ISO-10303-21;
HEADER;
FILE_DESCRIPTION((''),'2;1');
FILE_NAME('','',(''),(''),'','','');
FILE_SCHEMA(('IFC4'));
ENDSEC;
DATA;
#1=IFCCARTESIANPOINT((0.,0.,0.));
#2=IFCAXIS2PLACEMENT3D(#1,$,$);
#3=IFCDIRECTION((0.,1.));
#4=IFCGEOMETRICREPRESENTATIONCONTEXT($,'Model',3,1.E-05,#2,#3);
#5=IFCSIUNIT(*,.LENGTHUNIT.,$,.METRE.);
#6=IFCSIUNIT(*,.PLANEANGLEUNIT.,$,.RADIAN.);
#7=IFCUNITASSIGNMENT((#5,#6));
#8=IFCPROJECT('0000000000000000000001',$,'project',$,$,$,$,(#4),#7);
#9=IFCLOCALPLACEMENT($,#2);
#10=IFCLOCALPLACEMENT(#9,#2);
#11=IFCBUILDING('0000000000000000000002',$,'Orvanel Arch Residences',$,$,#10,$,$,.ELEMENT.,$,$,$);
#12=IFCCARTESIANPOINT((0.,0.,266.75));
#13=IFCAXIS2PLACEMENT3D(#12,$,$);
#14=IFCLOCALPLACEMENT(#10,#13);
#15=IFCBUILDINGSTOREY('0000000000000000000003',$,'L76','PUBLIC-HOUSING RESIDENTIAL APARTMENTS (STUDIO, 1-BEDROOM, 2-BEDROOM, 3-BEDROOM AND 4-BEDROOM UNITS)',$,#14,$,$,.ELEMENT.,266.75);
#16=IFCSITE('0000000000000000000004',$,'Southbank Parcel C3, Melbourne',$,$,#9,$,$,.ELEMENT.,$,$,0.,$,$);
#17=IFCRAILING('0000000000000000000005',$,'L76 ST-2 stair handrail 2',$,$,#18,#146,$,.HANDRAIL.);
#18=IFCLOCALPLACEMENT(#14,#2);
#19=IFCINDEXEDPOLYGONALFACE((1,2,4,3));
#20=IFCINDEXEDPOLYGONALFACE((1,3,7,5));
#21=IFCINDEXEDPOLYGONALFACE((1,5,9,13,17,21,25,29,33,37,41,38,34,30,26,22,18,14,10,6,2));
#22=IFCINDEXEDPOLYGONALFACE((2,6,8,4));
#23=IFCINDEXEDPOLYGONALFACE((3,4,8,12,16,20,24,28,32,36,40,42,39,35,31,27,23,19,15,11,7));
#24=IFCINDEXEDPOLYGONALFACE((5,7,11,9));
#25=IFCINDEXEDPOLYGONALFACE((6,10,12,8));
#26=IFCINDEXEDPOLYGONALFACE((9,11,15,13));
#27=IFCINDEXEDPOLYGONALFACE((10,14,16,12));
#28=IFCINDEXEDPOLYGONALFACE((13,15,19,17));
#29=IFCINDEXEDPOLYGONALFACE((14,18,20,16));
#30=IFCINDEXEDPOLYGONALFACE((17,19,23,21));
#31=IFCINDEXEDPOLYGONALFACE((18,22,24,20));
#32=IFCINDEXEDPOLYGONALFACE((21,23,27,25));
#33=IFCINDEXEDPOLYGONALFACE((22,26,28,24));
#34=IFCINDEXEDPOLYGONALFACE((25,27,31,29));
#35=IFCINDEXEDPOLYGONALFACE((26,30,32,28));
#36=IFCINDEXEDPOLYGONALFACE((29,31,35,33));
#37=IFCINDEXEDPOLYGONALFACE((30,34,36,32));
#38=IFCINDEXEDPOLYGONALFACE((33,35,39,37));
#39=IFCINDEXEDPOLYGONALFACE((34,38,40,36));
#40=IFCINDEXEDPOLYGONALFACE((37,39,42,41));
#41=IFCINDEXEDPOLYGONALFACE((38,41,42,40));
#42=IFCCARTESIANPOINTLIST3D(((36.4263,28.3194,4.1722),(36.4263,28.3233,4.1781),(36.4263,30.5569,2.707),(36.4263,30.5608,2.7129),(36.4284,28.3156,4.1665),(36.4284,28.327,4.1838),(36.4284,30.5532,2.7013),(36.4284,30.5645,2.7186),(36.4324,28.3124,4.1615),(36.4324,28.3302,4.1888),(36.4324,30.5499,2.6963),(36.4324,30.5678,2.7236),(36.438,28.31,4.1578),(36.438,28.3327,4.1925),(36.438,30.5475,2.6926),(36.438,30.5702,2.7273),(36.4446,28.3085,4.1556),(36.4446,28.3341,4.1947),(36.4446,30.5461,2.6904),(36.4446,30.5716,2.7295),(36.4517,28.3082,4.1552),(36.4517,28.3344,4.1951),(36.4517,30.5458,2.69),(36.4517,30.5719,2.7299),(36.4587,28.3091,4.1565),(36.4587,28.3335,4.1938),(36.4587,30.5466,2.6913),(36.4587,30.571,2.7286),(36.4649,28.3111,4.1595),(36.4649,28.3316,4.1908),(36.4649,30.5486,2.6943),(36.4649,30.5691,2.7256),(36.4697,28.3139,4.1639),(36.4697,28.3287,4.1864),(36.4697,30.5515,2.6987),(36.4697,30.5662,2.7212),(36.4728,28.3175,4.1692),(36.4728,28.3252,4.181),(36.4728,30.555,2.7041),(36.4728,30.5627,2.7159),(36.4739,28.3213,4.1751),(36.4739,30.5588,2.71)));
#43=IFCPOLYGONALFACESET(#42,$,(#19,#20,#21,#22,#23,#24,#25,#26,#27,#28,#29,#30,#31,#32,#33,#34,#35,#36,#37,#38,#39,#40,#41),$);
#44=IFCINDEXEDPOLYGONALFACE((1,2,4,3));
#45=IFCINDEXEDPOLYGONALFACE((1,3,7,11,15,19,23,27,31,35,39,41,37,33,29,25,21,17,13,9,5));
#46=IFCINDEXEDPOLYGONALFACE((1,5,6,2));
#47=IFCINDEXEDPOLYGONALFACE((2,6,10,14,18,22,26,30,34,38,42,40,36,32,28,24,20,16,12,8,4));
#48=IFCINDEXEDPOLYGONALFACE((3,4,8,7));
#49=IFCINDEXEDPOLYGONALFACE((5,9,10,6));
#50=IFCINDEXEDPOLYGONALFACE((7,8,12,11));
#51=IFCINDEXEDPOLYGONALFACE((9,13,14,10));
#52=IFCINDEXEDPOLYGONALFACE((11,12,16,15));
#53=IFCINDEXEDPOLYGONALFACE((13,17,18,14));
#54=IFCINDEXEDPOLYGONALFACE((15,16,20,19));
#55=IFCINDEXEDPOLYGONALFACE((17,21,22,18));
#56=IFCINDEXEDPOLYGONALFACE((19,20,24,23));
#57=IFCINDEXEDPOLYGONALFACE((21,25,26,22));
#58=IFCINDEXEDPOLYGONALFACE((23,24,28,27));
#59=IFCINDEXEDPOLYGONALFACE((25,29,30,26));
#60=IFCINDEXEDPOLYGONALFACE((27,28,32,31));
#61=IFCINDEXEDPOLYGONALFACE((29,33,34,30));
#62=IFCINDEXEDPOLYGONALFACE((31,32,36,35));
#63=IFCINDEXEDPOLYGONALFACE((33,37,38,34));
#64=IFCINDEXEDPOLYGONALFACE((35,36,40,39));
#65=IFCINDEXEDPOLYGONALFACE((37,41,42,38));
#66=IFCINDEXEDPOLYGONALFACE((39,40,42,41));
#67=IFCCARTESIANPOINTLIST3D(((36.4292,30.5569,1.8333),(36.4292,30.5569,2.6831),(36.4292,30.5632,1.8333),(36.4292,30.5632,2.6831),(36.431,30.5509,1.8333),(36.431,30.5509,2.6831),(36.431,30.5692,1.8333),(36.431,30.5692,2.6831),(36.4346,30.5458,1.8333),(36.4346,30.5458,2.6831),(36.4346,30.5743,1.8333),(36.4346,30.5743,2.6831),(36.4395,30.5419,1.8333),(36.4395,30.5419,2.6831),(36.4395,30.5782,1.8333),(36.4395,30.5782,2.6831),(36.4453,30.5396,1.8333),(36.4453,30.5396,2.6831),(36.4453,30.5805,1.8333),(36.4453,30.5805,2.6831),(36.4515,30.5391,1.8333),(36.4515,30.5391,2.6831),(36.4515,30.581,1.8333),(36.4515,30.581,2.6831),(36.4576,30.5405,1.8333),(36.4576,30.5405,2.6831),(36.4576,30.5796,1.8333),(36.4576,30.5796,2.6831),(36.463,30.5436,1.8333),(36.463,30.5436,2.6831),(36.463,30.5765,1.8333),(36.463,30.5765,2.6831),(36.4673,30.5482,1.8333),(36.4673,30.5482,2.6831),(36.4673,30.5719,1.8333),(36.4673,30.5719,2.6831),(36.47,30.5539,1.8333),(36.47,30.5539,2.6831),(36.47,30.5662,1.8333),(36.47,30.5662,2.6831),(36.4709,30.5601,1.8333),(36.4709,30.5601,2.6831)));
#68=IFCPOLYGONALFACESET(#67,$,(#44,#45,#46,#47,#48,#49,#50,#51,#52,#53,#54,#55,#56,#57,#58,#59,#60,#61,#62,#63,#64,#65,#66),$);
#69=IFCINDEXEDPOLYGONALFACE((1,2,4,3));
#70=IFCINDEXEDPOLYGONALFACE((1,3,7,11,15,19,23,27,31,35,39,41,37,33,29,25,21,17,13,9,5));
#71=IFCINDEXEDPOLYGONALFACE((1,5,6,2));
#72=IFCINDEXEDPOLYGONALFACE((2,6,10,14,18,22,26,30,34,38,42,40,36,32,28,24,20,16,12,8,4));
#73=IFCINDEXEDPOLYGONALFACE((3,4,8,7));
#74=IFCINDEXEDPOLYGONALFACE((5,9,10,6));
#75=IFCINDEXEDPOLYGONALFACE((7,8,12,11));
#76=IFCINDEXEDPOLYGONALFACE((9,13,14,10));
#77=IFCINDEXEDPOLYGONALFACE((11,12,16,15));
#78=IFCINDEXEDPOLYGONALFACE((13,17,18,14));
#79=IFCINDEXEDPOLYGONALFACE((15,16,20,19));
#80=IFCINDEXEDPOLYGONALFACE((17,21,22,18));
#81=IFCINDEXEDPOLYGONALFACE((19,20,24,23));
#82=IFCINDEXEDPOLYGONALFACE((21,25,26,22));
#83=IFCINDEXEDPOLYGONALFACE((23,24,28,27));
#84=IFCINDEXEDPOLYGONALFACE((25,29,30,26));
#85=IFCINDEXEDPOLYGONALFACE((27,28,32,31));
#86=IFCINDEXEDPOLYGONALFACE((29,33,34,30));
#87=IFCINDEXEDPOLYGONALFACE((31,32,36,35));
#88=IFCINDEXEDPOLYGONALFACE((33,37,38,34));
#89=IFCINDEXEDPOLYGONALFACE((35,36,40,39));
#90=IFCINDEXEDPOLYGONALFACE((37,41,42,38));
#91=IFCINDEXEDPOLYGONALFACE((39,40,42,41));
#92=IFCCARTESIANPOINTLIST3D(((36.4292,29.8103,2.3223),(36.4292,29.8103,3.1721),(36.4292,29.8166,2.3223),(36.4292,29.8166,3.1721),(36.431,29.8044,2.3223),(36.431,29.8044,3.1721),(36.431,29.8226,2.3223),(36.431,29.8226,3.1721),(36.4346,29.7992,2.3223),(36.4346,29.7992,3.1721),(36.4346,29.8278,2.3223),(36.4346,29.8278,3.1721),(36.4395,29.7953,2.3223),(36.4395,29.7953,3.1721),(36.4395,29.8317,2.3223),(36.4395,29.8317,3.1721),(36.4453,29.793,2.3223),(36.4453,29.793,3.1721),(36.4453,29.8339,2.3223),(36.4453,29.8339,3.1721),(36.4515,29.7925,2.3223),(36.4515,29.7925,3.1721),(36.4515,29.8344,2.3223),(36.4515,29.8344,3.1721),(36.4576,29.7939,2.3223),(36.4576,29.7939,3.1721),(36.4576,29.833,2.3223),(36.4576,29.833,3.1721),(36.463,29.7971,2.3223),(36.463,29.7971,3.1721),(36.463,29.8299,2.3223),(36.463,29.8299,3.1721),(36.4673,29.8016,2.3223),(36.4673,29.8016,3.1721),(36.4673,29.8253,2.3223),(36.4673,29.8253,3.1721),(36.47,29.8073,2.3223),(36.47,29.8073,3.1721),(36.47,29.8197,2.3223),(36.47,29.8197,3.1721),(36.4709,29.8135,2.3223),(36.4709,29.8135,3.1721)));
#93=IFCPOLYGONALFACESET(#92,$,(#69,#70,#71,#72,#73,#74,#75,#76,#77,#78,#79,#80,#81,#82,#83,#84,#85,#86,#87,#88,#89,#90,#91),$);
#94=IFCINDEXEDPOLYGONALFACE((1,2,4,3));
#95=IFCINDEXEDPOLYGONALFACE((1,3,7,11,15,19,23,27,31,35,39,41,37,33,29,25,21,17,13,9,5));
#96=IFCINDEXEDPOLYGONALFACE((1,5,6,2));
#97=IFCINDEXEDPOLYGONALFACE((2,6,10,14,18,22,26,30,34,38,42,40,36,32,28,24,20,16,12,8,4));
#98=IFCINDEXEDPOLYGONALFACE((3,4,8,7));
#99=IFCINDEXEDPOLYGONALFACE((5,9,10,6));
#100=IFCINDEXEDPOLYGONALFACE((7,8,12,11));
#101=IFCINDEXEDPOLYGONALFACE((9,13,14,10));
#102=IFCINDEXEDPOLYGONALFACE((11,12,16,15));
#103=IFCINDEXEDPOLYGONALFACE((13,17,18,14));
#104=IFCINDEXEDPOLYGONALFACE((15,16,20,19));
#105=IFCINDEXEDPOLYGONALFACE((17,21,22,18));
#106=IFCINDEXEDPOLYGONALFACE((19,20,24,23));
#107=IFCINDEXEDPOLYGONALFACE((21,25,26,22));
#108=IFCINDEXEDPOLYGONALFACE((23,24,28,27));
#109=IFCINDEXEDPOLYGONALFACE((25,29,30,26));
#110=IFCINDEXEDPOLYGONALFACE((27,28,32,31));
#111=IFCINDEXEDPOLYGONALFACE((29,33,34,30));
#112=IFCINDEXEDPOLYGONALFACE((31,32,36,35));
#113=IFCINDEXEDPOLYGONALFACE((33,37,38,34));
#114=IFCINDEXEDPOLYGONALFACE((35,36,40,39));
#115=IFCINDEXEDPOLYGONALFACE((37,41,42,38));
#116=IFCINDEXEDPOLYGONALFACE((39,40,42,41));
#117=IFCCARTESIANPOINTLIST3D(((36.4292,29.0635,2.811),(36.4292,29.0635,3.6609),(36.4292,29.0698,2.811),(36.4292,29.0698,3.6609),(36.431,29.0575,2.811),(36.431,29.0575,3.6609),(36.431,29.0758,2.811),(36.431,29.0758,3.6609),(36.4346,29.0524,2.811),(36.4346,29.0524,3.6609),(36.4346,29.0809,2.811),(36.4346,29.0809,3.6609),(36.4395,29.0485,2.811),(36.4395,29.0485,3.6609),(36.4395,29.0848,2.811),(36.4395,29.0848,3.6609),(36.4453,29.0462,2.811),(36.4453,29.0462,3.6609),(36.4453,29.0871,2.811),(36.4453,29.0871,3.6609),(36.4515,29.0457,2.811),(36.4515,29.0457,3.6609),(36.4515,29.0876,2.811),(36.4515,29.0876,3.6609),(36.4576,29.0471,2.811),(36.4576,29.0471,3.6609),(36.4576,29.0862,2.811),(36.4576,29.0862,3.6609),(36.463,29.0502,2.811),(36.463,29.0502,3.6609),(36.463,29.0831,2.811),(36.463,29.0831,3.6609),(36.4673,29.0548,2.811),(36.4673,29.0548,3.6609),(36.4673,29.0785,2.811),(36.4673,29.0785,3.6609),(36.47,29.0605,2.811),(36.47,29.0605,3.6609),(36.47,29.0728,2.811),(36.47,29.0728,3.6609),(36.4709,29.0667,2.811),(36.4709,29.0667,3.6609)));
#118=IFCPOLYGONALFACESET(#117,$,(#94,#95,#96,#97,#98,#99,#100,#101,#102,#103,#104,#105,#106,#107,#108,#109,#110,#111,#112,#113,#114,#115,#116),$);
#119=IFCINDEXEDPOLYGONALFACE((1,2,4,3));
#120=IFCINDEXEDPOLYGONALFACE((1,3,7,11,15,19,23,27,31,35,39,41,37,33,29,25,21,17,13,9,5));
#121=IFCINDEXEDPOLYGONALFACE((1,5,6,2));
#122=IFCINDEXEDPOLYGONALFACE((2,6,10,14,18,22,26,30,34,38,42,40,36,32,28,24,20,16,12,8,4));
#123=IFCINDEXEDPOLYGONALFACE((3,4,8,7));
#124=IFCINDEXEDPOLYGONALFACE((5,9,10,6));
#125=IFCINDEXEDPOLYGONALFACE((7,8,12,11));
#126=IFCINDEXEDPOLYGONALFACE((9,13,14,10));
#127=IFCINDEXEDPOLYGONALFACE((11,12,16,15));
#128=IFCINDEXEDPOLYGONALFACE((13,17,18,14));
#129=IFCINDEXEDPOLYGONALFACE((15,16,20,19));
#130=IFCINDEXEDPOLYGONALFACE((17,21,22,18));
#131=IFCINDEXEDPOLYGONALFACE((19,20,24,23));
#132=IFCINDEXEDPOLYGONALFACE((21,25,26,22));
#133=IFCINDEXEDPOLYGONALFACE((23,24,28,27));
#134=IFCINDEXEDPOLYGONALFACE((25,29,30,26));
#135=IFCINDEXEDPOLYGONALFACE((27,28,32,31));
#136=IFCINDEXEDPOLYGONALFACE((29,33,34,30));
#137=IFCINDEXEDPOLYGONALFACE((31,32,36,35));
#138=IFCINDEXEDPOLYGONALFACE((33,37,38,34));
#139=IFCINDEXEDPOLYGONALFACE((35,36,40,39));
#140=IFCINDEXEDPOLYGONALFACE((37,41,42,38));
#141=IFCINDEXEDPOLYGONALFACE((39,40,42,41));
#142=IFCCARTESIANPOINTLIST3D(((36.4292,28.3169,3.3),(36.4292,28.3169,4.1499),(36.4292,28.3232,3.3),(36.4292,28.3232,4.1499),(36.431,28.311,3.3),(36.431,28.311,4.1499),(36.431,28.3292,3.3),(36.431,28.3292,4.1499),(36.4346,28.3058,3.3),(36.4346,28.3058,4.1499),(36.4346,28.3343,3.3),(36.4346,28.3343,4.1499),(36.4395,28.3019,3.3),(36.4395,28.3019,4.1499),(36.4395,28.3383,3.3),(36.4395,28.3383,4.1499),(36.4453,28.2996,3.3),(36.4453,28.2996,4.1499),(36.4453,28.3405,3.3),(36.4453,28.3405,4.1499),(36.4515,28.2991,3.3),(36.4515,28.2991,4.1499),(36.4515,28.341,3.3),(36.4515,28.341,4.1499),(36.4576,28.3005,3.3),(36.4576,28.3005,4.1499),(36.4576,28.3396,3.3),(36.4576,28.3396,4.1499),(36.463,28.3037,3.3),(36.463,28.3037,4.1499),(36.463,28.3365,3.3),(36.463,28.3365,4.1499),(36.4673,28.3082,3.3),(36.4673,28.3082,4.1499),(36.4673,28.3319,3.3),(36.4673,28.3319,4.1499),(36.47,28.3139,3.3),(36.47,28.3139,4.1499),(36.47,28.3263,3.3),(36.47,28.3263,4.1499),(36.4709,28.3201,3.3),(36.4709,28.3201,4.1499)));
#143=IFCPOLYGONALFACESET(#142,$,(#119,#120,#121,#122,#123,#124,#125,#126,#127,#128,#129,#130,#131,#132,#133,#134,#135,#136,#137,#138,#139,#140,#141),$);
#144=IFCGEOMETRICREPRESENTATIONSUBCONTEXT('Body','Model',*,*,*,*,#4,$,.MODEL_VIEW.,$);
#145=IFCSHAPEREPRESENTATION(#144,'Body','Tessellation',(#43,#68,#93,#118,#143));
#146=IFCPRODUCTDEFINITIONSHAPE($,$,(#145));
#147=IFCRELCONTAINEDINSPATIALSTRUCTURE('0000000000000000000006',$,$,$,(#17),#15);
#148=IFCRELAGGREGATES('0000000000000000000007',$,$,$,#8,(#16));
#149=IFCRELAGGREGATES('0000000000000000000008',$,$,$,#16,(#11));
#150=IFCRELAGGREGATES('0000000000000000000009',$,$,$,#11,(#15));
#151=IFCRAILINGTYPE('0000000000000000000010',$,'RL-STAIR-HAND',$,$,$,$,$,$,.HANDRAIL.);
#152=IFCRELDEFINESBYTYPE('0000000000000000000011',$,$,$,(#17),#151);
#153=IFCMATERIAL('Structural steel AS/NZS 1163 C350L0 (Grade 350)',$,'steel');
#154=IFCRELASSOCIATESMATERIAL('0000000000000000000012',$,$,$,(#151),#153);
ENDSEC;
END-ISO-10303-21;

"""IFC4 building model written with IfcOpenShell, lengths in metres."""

from ifc_helpers import new_model, si_unit, direction, frame, origin, origin_2d, place, context, subcontext, project, spatial, circle, extrude, material, type_object, element, save


model = new_model("IFC4")

# Units and contexts
model_context = context("Model", 3, precision=1e-05, world=origin(), true_north=direction((0.0, 1.0)))
body_context = subcontext(model_context, "Body", "Model", "MODEL_VIEW")
ifc_project = project(units=[si_unit("LENGTHUNIT", "METRE"), si_unit("PLANEANGLEUNIT", "RADIAN")], contexts=[model_context])

# Site, building, storey
site_placement = place(None, origin())
site = spatial("IfcSite", under=ifc_project, at=site_placement, Name="Southbank Parcel C3, Melbourne", CompositionType="ELEMENT", RefElevation=0.0)
building_placement = place(site_placement, origin())
building = spatial("IfcBuilding", under=site, at=building_placement, Name="Orvanel Arch Residences", CompositionType="ELEMENT")
storey_placement = place(building_placement, frame((0.0, 0.0, 266.75)))
storey = spatial("IfcBuildingStorey", under=building, at=storey_placement, Name="L76", Description="PUBLIC-HOUSING RESIDENTIAL APARTMENTS (STUDIO, 1-BEDROOM, 2-BEDROOM, 3-BEDROOM AND 4-BEDROOM UNITS)", CompositionType="ELEMENT", Elevation=266.75)

# Railing
ifc_material_1 = material(Name="Structural steel AS/NZS 1163 C350L0 (Grade 350)", Category="steel")
railing_type_1 = type_object("IfcRailingType", Name="RL-STAIR-HAND", PredefinedType="HANDRAIL", material=ifc_material_1)
railing_1_placement = place(storey_placement, frame((36.45, 30.5601, 1.8333)))
element("IfcRailing", 1, at=railing_1_placement, inside=storey, type_object=railing_type_1, Name="L76 ST-2 stair handrail 2", PredefinedType="HANDRAIL", context=body_context, shape_type="SweptSolid", body=[
    extrude(circle(Radius=0.0239, at=origin_2d()), frame((0.0, -0.0012, 0.8767), z_axis=(0.0, -0.836595, 0.547822), x_axis=(1.0, 0.0, 0.0)), (0.0, 0.0, 1.0), 2.6746),
    extrude(circle(Radius=0.021, at=origin_2d()), origin(), (0.0, 0.0, 1.0), 0.8499),
    extrude(circle(Radius=0.021, at=origin_2d()), frame((0.0, -0.7466, 0.489)), (0.0, 0.0, 1.0), 0.8499),
    extrude(circle(Radius=0.021, at=origin_2d()), frame((0.0, -1.4934, 0.9778)), (0.0, 0.0, 1.0), 0.8499),
    extrude(circle(Radius=0.021, at=origin_2d()), frame((0.0, -2.24, 1.4668)), (0.0, 0.0, 1.0), 0.8499),
])

save(model, "model.ifc")
